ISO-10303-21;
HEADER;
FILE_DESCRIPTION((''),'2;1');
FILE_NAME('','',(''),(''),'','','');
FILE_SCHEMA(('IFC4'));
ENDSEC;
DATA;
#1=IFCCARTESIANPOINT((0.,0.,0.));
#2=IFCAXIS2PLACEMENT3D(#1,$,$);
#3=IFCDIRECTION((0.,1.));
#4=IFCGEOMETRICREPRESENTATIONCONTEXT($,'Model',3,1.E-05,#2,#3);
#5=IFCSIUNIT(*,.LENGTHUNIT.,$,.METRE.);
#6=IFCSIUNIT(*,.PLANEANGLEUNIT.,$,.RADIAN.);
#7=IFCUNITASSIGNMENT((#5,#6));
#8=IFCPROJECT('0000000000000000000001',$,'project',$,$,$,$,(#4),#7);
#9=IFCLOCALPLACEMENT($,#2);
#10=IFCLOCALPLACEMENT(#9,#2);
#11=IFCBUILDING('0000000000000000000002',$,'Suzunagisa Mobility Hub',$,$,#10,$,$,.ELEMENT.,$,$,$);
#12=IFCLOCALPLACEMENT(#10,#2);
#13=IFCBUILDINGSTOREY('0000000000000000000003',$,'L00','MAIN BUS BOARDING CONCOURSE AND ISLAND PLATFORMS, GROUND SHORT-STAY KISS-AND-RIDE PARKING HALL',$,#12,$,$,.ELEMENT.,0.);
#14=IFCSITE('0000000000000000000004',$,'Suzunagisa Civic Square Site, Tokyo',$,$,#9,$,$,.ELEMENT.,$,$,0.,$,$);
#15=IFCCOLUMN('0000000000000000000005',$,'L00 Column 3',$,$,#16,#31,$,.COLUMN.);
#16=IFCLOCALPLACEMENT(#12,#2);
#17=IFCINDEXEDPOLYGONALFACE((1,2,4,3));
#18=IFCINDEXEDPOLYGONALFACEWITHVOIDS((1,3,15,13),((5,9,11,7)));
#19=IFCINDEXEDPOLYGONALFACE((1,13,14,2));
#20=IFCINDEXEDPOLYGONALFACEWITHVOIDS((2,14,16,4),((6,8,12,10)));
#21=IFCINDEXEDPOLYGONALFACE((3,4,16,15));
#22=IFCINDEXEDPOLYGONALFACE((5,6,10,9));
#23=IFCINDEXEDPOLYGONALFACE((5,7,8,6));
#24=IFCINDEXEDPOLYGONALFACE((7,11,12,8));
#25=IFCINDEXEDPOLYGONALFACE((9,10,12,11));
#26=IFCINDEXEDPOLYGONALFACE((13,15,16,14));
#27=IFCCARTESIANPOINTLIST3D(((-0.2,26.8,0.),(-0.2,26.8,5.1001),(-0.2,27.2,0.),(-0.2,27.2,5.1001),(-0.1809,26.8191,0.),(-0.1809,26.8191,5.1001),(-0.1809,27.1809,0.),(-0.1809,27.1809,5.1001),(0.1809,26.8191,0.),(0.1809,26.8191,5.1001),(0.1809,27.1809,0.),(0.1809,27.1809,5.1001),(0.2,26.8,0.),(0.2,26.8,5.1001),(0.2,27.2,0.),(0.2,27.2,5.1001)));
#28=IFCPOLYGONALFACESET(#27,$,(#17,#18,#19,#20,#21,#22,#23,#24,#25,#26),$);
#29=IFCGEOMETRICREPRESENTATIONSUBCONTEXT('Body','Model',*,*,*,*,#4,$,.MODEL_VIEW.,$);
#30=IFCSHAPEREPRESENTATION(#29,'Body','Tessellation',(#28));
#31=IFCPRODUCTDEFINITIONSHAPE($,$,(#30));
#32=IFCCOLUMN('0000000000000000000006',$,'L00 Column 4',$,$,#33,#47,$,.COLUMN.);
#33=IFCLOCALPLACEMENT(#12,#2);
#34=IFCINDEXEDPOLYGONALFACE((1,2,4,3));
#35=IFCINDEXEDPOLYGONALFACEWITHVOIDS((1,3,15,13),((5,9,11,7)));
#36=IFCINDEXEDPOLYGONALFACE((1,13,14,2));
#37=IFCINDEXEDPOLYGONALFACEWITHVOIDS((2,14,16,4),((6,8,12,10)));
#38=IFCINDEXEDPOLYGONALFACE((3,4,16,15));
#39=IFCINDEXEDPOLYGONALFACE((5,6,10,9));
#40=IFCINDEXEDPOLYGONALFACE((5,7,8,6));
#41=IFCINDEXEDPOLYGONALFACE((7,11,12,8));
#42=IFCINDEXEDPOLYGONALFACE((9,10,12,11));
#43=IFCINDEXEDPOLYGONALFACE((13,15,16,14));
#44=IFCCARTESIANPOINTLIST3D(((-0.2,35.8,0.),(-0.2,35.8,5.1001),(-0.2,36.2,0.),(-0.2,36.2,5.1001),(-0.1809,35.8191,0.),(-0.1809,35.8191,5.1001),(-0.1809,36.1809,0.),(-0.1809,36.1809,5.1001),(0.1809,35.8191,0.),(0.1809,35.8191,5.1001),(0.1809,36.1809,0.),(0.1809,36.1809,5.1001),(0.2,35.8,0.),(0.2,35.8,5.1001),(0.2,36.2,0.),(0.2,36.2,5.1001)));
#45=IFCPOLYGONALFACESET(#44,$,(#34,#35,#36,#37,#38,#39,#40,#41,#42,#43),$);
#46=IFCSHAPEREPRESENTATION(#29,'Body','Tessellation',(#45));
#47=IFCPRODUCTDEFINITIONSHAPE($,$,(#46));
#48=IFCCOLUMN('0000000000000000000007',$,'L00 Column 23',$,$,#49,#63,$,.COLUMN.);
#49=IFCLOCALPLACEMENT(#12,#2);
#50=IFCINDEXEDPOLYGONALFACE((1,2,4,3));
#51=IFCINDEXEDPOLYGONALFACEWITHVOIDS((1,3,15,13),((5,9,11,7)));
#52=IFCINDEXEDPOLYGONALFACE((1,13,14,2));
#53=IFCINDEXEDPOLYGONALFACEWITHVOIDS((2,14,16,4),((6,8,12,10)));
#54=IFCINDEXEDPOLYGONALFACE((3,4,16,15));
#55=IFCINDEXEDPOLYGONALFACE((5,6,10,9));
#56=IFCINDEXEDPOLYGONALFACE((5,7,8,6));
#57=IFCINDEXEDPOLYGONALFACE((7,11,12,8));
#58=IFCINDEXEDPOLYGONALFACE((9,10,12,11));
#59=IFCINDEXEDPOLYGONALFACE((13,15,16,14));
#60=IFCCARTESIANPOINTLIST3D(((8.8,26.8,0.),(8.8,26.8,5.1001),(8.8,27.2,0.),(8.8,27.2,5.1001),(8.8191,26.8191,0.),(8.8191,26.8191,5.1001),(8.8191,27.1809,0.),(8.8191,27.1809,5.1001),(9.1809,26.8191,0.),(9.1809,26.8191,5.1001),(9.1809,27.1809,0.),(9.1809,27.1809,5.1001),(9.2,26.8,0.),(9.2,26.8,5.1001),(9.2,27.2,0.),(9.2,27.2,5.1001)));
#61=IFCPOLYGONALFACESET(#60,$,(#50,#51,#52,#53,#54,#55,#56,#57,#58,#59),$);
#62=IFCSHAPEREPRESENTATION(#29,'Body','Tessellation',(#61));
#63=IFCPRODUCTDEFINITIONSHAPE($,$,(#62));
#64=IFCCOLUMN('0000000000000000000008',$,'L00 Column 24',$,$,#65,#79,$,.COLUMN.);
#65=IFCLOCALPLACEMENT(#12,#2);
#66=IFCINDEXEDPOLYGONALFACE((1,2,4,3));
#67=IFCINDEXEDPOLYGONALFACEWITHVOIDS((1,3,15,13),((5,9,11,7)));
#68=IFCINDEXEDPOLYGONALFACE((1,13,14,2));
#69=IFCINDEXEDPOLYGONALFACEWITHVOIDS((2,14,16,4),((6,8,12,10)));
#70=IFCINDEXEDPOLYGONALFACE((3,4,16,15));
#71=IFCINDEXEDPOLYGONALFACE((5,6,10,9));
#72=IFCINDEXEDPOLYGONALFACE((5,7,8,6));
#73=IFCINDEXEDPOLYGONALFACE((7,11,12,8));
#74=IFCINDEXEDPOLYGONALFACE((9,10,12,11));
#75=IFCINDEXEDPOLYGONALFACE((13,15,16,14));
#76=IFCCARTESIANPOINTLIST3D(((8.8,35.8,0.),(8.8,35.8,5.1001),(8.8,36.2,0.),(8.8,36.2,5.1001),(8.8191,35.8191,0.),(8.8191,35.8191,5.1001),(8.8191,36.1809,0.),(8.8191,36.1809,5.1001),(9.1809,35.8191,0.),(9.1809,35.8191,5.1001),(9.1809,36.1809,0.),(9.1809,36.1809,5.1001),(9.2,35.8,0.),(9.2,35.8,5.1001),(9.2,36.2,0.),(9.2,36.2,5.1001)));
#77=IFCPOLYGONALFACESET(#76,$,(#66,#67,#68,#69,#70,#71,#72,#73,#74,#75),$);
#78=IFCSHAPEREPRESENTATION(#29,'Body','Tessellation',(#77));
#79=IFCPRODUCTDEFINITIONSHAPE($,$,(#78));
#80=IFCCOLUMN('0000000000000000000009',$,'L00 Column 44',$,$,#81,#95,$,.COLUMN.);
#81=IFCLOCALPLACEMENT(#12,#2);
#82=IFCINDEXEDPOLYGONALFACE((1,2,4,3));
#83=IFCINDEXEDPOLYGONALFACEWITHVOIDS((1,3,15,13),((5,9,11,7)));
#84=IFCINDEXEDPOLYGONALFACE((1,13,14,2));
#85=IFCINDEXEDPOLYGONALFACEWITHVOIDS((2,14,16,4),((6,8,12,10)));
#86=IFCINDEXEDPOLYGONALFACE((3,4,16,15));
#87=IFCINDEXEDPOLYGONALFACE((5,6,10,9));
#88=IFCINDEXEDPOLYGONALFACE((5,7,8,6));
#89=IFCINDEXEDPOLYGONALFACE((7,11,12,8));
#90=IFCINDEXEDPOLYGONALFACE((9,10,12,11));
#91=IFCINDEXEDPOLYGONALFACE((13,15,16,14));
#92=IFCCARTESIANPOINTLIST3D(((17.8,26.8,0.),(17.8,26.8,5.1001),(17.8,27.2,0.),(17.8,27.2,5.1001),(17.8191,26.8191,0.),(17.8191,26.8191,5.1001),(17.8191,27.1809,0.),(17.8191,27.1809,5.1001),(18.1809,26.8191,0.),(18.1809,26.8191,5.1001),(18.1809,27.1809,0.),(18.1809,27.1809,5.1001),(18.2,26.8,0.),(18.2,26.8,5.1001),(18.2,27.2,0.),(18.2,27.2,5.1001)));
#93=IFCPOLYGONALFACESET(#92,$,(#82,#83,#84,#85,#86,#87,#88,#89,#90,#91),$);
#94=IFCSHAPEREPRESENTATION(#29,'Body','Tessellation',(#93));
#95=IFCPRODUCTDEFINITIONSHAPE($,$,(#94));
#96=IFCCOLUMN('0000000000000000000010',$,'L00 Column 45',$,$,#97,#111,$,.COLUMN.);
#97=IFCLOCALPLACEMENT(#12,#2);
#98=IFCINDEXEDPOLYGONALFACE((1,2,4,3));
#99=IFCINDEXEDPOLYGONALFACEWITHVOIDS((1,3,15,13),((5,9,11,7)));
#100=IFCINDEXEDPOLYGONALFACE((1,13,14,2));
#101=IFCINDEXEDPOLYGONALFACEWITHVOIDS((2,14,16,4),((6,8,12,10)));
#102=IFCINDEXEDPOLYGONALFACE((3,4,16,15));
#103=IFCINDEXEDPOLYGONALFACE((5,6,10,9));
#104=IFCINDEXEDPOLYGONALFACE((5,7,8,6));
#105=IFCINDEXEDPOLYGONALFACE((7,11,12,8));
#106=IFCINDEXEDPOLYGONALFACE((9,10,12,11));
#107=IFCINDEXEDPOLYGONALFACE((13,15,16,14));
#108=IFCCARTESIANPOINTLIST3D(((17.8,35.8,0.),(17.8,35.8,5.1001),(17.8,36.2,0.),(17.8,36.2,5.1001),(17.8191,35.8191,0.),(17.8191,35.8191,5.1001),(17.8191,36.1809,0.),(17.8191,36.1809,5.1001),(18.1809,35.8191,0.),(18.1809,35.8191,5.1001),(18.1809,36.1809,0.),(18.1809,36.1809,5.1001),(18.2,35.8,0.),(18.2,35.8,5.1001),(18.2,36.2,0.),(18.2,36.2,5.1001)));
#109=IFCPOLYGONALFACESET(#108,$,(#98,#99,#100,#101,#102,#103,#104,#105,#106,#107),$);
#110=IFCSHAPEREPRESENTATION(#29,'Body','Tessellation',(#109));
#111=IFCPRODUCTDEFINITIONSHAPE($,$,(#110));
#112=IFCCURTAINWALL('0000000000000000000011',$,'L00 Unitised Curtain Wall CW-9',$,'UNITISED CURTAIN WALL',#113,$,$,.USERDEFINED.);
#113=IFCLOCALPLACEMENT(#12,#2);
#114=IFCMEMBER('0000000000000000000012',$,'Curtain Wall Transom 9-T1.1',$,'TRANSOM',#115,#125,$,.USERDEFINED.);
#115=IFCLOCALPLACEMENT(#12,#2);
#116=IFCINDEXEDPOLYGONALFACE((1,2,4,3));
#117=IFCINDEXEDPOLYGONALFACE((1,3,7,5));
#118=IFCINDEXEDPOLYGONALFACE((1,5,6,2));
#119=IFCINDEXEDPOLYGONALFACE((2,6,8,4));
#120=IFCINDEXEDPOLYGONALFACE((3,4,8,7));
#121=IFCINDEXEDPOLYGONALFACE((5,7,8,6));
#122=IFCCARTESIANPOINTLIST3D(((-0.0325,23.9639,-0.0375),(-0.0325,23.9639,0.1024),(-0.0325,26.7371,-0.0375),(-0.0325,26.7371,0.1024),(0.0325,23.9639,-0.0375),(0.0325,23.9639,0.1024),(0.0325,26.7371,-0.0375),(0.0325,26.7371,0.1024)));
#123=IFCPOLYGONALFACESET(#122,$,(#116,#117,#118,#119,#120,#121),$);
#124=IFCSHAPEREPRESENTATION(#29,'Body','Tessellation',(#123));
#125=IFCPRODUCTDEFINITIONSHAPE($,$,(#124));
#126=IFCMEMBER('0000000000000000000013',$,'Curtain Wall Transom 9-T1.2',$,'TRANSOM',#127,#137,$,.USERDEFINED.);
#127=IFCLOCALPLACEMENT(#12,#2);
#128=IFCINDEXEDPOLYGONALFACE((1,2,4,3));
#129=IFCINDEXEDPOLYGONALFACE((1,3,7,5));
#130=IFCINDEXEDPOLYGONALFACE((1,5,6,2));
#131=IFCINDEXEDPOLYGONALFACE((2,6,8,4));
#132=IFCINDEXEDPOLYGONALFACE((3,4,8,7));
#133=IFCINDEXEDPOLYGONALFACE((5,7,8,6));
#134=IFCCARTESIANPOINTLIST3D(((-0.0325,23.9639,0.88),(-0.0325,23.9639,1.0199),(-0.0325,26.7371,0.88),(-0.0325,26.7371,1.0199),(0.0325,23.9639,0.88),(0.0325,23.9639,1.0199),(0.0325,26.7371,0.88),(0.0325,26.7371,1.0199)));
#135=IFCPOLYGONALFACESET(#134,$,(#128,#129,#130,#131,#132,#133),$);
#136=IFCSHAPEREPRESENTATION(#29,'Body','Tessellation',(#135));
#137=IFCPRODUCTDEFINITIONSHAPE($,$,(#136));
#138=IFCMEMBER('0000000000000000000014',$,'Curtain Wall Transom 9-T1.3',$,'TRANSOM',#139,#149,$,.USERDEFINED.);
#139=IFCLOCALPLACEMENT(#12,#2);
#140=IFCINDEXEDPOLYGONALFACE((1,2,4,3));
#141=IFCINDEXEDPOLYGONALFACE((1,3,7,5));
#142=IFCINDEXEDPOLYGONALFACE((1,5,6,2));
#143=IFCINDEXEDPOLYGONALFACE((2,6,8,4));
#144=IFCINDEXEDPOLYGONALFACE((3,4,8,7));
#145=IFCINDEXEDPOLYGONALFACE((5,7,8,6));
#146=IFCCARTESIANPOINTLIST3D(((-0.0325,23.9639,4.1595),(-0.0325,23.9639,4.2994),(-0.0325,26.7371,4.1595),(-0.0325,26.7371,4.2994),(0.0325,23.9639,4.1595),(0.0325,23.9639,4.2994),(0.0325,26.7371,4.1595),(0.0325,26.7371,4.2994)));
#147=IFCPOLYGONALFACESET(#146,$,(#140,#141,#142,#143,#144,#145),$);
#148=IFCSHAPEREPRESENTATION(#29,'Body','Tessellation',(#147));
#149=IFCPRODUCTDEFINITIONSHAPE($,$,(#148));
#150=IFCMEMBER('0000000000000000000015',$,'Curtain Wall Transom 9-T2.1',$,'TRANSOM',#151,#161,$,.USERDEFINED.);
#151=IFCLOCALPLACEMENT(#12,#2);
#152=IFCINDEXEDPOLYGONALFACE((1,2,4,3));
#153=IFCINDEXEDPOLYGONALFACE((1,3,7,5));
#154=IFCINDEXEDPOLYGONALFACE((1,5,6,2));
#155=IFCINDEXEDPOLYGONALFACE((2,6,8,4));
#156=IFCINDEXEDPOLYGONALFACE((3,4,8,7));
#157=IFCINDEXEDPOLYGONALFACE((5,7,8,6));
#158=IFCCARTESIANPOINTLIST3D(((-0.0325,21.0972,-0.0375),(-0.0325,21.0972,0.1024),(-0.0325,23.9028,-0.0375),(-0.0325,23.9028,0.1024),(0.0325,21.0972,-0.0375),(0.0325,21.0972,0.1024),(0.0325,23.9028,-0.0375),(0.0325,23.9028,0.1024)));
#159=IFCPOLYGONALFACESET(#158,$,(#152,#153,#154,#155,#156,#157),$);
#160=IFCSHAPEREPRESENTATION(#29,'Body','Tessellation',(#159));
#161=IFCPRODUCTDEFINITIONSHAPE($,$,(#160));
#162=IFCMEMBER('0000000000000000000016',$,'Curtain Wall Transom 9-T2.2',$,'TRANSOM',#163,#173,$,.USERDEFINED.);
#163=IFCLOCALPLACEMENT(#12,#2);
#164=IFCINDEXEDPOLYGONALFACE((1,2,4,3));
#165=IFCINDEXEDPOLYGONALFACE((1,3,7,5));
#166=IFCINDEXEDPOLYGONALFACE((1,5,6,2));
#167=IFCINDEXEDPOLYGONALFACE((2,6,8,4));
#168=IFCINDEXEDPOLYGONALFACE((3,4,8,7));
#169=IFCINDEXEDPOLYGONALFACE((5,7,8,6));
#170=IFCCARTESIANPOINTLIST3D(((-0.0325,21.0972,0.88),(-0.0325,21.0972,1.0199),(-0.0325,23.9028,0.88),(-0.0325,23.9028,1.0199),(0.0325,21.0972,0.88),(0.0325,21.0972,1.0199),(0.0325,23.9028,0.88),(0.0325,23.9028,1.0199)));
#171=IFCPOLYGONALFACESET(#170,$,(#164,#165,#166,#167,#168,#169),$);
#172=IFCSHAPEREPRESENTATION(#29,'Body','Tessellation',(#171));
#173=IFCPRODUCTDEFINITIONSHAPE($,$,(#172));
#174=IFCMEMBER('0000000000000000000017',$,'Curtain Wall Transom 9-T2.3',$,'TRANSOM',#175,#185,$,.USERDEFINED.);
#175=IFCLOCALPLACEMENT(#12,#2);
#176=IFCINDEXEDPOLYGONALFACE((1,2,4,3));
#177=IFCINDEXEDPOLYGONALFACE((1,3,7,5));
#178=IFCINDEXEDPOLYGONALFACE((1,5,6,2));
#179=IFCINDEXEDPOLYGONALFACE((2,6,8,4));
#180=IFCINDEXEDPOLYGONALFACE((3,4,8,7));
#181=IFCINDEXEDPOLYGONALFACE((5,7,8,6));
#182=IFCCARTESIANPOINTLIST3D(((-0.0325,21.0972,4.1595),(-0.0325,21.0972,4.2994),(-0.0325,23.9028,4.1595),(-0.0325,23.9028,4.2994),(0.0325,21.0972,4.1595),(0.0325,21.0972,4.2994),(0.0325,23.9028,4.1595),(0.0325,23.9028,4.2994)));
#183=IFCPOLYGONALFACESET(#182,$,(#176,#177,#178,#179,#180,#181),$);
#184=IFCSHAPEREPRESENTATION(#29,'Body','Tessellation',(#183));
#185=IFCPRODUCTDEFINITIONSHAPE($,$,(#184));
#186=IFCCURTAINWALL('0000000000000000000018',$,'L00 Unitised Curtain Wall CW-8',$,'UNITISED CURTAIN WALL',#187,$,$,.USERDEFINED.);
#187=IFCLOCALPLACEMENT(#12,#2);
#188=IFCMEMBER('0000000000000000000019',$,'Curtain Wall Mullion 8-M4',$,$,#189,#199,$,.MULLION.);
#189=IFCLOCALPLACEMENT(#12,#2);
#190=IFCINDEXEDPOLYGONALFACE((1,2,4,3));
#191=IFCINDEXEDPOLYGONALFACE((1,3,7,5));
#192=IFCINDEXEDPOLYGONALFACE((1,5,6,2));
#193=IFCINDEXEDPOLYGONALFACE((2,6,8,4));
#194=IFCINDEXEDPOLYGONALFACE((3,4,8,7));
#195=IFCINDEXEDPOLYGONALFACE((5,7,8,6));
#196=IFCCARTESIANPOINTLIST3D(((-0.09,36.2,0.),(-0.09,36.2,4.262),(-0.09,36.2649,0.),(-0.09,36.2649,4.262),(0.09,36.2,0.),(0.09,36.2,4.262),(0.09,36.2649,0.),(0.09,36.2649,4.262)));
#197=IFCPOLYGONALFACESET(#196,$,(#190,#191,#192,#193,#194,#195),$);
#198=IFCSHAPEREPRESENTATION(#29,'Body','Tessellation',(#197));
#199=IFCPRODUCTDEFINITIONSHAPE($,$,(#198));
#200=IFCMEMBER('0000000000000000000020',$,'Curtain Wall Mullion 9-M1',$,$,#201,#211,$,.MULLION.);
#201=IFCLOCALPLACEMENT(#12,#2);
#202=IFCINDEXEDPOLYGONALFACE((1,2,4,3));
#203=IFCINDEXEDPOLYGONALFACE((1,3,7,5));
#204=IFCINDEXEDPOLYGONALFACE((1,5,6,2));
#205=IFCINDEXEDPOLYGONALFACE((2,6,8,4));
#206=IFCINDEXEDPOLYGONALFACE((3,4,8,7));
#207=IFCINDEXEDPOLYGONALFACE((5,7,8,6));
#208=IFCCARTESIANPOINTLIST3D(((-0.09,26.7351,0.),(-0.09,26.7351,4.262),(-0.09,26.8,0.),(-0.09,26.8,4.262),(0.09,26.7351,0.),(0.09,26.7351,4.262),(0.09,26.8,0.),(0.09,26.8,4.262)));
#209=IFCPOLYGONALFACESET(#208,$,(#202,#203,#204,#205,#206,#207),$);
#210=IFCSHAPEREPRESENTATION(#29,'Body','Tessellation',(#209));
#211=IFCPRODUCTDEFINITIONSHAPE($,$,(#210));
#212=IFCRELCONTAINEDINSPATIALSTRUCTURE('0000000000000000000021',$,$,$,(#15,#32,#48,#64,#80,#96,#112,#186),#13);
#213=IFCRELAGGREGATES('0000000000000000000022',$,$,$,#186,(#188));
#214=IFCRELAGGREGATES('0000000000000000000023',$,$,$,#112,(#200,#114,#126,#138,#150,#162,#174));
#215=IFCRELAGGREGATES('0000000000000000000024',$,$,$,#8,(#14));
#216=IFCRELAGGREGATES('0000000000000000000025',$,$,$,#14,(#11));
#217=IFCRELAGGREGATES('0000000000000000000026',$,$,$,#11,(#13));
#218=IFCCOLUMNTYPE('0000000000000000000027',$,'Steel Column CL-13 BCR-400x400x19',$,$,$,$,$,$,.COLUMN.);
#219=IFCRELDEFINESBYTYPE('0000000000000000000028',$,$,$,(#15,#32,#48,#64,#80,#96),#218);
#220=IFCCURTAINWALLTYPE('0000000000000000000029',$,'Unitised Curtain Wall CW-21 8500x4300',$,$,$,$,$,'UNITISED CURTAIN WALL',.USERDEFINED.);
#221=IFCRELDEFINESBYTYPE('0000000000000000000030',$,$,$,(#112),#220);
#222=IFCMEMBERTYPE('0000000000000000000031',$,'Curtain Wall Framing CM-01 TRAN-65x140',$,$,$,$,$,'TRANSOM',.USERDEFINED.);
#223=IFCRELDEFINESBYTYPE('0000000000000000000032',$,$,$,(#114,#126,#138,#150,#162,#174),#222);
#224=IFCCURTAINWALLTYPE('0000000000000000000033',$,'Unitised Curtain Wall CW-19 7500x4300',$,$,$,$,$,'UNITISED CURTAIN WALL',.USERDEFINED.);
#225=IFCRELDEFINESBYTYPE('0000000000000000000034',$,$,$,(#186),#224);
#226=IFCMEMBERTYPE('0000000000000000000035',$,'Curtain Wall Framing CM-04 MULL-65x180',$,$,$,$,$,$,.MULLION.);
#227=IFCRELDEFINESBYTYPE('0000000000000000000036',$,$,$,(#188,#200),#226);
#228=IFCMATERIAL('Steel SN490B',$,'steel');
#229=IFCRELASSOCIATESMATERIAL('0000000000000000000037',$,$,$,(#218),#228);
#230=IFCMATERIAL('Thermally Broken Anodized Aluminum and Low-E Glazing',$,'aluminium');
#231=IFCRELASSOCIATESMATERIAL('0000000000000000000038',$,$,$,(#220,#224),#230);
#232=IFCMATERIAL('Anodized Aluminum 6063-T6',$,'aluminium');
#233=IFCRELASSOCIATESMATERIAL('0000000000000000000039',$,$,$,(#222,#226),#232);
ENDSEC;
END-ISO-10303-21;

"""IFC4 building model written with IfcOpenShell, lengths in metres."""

from ifc_helpers import new_model, si_unit, direction, frame, origin, origin_2d, place, context, subcontext, project, spatial, rectangle, hollow_rectangle, extrude, material, material_profile, profile_set, type_object, element, aggregate, save


model = new_model("IFC4")

# Units and contexts
model_context = context("Model", 3, precision=1e-05, world=origin(), true_north=direction((0.0, 1.0)))
body_context = subcontext(model_context, "Body", "Model", "MODEL_VIEW")
ifc_project = project(units=[si_unit("LENGTHUNIT", "METRE"), si_unit("PLANEANGLEUNIT", "RADIAN")], contexts=[model_context])

# Site, building, storey
site_placement = place(None, origin())
site = spatial("IfcSite", under=ifc_project, at=site_placement, Name="Suzunagisa Civic Square Site, Tokyo", CompositionType="ELEMENT", RefElevation=0.0)
building_placement = place(site_placement, origin())
building = spatial("IfcBuilding", under=site, at=building_placement, Name="Suzunagisa Mobility Hub", CompositionType="ELEMENT")
storey_placement = place(building_placement, origin())
storey = spatial("IfcBuildingStorey", under=building, at=storey_placement, Name="L00", Description="MAIN BUS BOARDING CONCOURSE AND ISLAND PLATFORMS, GROUND SHORT-STAY KISS-AND-RIDE PARKING HALL", CompositionType="ELEMENT", Elevation=0.0)

# Columns
ifc_material_1 = material(Name="Steel SN490B", Category="steel")
ifc_material_profile_1 = material_profile(ifc_material_1, hollow_rectangle(XDim=0.3999, YDim=0.3999, WallThickness=0.019, at=origin_2d()), Name="BCR-400x400x19")
ifc_profile_set_1 = profile_set([ifc_material_profile_1], Name="Steel SN490B")
column_type = type_object("IfcColumnType", Name="Steel Column CL-13 BCR-400x400x19", PredefinedType="COLUMN", material=ifc_profile_set_1)
for number, where, z_axis, x_axis, name in (
    (1, (0.0, 27.0, 0.0), (0.0, 0.0, 1.0), (1.0, 0.0, 0.0), "L00 Column 3"),
    (2, (0.0, 36.0, 0.0), (0.0, 0.0, 1.0), (1.0, 0.0, 0.0), "L00 Column 4"),
    (3, (9.0, 27.0, 0.0), (0.0, 0.0, 1.0), (1.0, 0.0, 0.0), "L00 Column 23"),
    (4, (9.0, 36.0, 0.0), (0.0, 0.0, 1.0), (1.0, 0.0, 0.0), "L00 Column 24"),
    (5, (18.0, 27.0, 0.0), (0.0, 0.0, 1.0), (1.0, 0.0, 0.0), "L00 Column 44"),
    (6, (18.0, 36.0, 0.0), (0.0, 0.0, 1.0), (1.0, 0.0, 0.0), "L00 Column 45"),
):
    element("IfcColumn", number, at=place(storey_placement, frame(where, z_axis=z_axis, x_axis=x_axis)), inside=storey, type_object=column_type, Name=name, PredefinedType="COLUMN", context=body_context, shape_type="SweptSolid", body=[
        extrude(hollow_rectangle(XDim=0.3999, YDim=0.3999, WallThickness=0.019, at=origin_2d()), origin(), (0.0, 0.0, 1.0), 5.1001),
    ])

# Curtain wall, members
ifc_material_2 = material(Name="Thermally Broken Anodized Aluminum and Low-E Glazing", Category="aluminium")
curtain_wall_type_1 = type_object("IfcCurtainWallType", Name="Unitised Curtain Wall CW-21 8500x4300", ElementType="UNITISED CURTAIN WALL", PredefinedType="USERDEFINED", material=ifc_material_2)
curtain_wall_1_placement = place(storey_placement, origin())
curtain_wall_1 = element("IfcCurtainWall", 7, at=curtain_wall_1_placement, inside=storey, type_object=curtain_wall_type_1, Name="L00 Unitised Curtain Wall CW-9", ObjectType="UNITISED CURTAIN WALL", PredefinedType="USERDEFINED")
ifc_material_3 = material(Name="Anodized Aluminum 6063-T6", Category="aluminium")
ifc_material_profile_2 = material_profile(ifc_material_3, rectangle(XDim=0.0649, YDim=0.1399, at=origin_2d()), Name="TRAN-65x140")
ifc_profile_set_2 = profile_set([ifc_material_profile_2], Name="Anodized Aluminum 6063-T6")
member_type_1 = type_object("IfcMemberType", Name="Curtain Wall Framing CM-01 TRAN-65x140", ElementType="TRANSOM", PredefinedType="USERDEFINED", material=ifc_profile_set_2)
member_1_placement = place(storey_placement, frame((0.0, 26.7371, 0.0325), z_axis=(0.0, -1.0, 0.0), x_axis=(1.0, 0.0, 0.0)))
member_1 = element("IfcMember", 8, at=member_1_placement, type_object=member_type_1, Name="Curtain Wall Transom 9-T1.1", ObjectType="TRANSOM", PredefinedType="USERDEFINED", context=body_context, shape_type="SweptSolid", body=[
    extrude(rectangle(XDim=0.0649, YDim=0.1399, at=origin_2d()), origin(), (0.0, 0.0, 1.0), 2.7732),
])
member_2_placement = place(storey_placement, frame((0.0, 26.7371, 0.95), z_axis=(0.0, -1.0, 0.0), x_axis=(1.0, 0.0, 0.0)))
member_2 = element("IfcMember", 9, at=member_2_placement, type_object=member_type_1, Name="Curtain Wall Transom 9-T1.2", ObjectType="TRANSOM", PredefinedType="USERDEFINED", context=body_context, shape_type="SweptSolid", body=[
    extrude(rectangle(XDim=0.0649, YDim=0.1399, at=origin_2d()), origin(), (0.0, 0.0, 1.0), 2.7732),
])
member_3_placement = place(storey_placement, frame((0.0, 26.7371, 4.2295), z_axis=(0.0, -1.0, 0.0), x_axis=(1.0, 0.0, 0.0)))
member_3 = element("IfcMember", 10, at=member_3_placement, type_object=member_type_1, Name="Curtain Wall Transom 9-T1.3", ObjectType="TRANSOM", PredefinedType="USERDEFINED", context=body_context, shape_type="SweptSolid", body=[
    extrude(rectangle(XDim=0.0649, YDim=0.1399, at=origin_2d()), origin(), (0.0, 0.0, 1.0), 2.7732),
])
member_4_placement = place(storey_placement, frame((0.0, 23.9028, 0.0325), z_axis=(0.0, -1.0, 0.0), x_axis=(1.0, 0.0, 0.0)))
member_4 = element("IfcMember", 11, at=member_4_placement, type_object=member_type_1, Name="Curtain Wall Transom 9-T2.1", ObjectType="TRANSOM", PredefinedType="USERDEFINED", context=body_context, shape_type="SweptSolid", body=[
    extrude(rectangle(XDim=0.0649, YDim=0.1399, at=origin_2d()), origin(), (0.0, 0.0, 1.0), 2.8057),
])
member_5_placement = place(storey_placement, frame((0.0, 23.9028, 0.95), z_axis=(0.0, -1.0, 0.0), x_axis=(1.0, 0.0, 0.0)))
member_5 = element("IfcMember", 12, at=member_5_placement, type_object=member_type_1, Name="Curtain Wall Transom 9-T2.2", ObjectType="TRANSOM", PredefinedType="USERDEFINED", context=body_context, shape_type="SweptSolid", body=[
    extrude(rectangle(XDim=0.0649, YDim=0.1399, at=origin_2d()), origin(), (0.0, 0.0, 1.0), 2.8057),
])
member_6_placement = place(storey_placement, frame((0.0, 23.9028, 4.2295), z_axis=(0.0, -1.0, 0.0), x_axis=(1.0, 0.0, 0.0)))
member_6 = element("IfcMember", 13, at=member_6_placement, type_object=member_type_1, Name="Curtain Wall Transom 9-T2.3", ObjectType="TRANSOM", PredefinedType="USERDEFINED", context=body_context, shape_type="SweptSolid", body=[
    extrude(rectangle(XDim=0.0649, YDim=0.1399, at=origin_2d()), origin(), (0.0, 0.0, 1.0), 2.8057),
])

# Curtain wall, member
curtain_wall_type_2 = type_object("IfcCurtainWallType", Name="Unitised Curtain Wall CW-19 7500x4300", ElementType="UNITISED CURTAIN WALL", PredefinedType="USERDEFINED", material=ifc_material_2)
curtain_wall_2_placement = place(storey_placement, origin())
curtain_wall_2 = element("IfcCurtainWall", 14, at=curtain_wall_2_placement, inside=storey, type_object=curtain_wall_type_2, Name="L00 Unitised Curtain Wall CW-8", ObjectType="UNITISED CURTAIN WALL", PredefinedType="USERDEFINED")
ifc_material_profile_3 = material_profile(ifc_material_3, rectangle(XDim=0.0649, YDim=0.1799, at=origin_2d()), Name="MULL-65x180")
ifc_profile_set_3 = profile_set([ifc_material_profile_3], Name="Anodized Aluminum 6063-T6")
member_type_2 = type_object("IfcMemberType", Name="Curtain Wall Framing CM-04 MULL-65x180", PredefinedType="MULLION", material=ifc_profile_set_3)
member_7_placement = place(storey_placement, frame((0.0, 36.2324, 0.0), z_axis=(0.0, 0.0, 1.0), x_axis=(0.0, -1.0, 0.0)))
member_7 = element("IfcMember", 15, at=member_7_placement, type_object=member_type_2, Name="Curtain Wall Mullion 8-M4", PredefinedType="MULLION", context=body_context, shape_type="SweptSolid", body=[
    extrude(rectangle(XDim=0.0649, YDim=0.1799, at=origin_2d()), origin(), (0.0, 0.0, 1.0), 4.262),
])

# Member
member_8_placement = place(storey_placement, frame((0.0, 26.7676, 0.0), z_axis=(0.0, 0.0, 1.0), x_axis=(0.0, -1.0, 0.0)))
member_8 = element("IfcMember", 16, at=member_8_placement, type_object=member_type_2, Name="Curtain Wall Mullion 9-M1", PredefinedType="MULLION", context=body_context, shape_type="SweptSolid", body=[
    extrude(rectangle(XDim=0.0649, YDim=0.1799, at=origin_2d()), origin(), (0.0, 0.0, 1.0), 4.262),
])

aggregate(curtain_wall_2, [member_7])
aggregate(curtain_wall_1, [member_8, member_1, member_2, member_3, member_4, member_5, member_6])

save(model, "model.ifc")
